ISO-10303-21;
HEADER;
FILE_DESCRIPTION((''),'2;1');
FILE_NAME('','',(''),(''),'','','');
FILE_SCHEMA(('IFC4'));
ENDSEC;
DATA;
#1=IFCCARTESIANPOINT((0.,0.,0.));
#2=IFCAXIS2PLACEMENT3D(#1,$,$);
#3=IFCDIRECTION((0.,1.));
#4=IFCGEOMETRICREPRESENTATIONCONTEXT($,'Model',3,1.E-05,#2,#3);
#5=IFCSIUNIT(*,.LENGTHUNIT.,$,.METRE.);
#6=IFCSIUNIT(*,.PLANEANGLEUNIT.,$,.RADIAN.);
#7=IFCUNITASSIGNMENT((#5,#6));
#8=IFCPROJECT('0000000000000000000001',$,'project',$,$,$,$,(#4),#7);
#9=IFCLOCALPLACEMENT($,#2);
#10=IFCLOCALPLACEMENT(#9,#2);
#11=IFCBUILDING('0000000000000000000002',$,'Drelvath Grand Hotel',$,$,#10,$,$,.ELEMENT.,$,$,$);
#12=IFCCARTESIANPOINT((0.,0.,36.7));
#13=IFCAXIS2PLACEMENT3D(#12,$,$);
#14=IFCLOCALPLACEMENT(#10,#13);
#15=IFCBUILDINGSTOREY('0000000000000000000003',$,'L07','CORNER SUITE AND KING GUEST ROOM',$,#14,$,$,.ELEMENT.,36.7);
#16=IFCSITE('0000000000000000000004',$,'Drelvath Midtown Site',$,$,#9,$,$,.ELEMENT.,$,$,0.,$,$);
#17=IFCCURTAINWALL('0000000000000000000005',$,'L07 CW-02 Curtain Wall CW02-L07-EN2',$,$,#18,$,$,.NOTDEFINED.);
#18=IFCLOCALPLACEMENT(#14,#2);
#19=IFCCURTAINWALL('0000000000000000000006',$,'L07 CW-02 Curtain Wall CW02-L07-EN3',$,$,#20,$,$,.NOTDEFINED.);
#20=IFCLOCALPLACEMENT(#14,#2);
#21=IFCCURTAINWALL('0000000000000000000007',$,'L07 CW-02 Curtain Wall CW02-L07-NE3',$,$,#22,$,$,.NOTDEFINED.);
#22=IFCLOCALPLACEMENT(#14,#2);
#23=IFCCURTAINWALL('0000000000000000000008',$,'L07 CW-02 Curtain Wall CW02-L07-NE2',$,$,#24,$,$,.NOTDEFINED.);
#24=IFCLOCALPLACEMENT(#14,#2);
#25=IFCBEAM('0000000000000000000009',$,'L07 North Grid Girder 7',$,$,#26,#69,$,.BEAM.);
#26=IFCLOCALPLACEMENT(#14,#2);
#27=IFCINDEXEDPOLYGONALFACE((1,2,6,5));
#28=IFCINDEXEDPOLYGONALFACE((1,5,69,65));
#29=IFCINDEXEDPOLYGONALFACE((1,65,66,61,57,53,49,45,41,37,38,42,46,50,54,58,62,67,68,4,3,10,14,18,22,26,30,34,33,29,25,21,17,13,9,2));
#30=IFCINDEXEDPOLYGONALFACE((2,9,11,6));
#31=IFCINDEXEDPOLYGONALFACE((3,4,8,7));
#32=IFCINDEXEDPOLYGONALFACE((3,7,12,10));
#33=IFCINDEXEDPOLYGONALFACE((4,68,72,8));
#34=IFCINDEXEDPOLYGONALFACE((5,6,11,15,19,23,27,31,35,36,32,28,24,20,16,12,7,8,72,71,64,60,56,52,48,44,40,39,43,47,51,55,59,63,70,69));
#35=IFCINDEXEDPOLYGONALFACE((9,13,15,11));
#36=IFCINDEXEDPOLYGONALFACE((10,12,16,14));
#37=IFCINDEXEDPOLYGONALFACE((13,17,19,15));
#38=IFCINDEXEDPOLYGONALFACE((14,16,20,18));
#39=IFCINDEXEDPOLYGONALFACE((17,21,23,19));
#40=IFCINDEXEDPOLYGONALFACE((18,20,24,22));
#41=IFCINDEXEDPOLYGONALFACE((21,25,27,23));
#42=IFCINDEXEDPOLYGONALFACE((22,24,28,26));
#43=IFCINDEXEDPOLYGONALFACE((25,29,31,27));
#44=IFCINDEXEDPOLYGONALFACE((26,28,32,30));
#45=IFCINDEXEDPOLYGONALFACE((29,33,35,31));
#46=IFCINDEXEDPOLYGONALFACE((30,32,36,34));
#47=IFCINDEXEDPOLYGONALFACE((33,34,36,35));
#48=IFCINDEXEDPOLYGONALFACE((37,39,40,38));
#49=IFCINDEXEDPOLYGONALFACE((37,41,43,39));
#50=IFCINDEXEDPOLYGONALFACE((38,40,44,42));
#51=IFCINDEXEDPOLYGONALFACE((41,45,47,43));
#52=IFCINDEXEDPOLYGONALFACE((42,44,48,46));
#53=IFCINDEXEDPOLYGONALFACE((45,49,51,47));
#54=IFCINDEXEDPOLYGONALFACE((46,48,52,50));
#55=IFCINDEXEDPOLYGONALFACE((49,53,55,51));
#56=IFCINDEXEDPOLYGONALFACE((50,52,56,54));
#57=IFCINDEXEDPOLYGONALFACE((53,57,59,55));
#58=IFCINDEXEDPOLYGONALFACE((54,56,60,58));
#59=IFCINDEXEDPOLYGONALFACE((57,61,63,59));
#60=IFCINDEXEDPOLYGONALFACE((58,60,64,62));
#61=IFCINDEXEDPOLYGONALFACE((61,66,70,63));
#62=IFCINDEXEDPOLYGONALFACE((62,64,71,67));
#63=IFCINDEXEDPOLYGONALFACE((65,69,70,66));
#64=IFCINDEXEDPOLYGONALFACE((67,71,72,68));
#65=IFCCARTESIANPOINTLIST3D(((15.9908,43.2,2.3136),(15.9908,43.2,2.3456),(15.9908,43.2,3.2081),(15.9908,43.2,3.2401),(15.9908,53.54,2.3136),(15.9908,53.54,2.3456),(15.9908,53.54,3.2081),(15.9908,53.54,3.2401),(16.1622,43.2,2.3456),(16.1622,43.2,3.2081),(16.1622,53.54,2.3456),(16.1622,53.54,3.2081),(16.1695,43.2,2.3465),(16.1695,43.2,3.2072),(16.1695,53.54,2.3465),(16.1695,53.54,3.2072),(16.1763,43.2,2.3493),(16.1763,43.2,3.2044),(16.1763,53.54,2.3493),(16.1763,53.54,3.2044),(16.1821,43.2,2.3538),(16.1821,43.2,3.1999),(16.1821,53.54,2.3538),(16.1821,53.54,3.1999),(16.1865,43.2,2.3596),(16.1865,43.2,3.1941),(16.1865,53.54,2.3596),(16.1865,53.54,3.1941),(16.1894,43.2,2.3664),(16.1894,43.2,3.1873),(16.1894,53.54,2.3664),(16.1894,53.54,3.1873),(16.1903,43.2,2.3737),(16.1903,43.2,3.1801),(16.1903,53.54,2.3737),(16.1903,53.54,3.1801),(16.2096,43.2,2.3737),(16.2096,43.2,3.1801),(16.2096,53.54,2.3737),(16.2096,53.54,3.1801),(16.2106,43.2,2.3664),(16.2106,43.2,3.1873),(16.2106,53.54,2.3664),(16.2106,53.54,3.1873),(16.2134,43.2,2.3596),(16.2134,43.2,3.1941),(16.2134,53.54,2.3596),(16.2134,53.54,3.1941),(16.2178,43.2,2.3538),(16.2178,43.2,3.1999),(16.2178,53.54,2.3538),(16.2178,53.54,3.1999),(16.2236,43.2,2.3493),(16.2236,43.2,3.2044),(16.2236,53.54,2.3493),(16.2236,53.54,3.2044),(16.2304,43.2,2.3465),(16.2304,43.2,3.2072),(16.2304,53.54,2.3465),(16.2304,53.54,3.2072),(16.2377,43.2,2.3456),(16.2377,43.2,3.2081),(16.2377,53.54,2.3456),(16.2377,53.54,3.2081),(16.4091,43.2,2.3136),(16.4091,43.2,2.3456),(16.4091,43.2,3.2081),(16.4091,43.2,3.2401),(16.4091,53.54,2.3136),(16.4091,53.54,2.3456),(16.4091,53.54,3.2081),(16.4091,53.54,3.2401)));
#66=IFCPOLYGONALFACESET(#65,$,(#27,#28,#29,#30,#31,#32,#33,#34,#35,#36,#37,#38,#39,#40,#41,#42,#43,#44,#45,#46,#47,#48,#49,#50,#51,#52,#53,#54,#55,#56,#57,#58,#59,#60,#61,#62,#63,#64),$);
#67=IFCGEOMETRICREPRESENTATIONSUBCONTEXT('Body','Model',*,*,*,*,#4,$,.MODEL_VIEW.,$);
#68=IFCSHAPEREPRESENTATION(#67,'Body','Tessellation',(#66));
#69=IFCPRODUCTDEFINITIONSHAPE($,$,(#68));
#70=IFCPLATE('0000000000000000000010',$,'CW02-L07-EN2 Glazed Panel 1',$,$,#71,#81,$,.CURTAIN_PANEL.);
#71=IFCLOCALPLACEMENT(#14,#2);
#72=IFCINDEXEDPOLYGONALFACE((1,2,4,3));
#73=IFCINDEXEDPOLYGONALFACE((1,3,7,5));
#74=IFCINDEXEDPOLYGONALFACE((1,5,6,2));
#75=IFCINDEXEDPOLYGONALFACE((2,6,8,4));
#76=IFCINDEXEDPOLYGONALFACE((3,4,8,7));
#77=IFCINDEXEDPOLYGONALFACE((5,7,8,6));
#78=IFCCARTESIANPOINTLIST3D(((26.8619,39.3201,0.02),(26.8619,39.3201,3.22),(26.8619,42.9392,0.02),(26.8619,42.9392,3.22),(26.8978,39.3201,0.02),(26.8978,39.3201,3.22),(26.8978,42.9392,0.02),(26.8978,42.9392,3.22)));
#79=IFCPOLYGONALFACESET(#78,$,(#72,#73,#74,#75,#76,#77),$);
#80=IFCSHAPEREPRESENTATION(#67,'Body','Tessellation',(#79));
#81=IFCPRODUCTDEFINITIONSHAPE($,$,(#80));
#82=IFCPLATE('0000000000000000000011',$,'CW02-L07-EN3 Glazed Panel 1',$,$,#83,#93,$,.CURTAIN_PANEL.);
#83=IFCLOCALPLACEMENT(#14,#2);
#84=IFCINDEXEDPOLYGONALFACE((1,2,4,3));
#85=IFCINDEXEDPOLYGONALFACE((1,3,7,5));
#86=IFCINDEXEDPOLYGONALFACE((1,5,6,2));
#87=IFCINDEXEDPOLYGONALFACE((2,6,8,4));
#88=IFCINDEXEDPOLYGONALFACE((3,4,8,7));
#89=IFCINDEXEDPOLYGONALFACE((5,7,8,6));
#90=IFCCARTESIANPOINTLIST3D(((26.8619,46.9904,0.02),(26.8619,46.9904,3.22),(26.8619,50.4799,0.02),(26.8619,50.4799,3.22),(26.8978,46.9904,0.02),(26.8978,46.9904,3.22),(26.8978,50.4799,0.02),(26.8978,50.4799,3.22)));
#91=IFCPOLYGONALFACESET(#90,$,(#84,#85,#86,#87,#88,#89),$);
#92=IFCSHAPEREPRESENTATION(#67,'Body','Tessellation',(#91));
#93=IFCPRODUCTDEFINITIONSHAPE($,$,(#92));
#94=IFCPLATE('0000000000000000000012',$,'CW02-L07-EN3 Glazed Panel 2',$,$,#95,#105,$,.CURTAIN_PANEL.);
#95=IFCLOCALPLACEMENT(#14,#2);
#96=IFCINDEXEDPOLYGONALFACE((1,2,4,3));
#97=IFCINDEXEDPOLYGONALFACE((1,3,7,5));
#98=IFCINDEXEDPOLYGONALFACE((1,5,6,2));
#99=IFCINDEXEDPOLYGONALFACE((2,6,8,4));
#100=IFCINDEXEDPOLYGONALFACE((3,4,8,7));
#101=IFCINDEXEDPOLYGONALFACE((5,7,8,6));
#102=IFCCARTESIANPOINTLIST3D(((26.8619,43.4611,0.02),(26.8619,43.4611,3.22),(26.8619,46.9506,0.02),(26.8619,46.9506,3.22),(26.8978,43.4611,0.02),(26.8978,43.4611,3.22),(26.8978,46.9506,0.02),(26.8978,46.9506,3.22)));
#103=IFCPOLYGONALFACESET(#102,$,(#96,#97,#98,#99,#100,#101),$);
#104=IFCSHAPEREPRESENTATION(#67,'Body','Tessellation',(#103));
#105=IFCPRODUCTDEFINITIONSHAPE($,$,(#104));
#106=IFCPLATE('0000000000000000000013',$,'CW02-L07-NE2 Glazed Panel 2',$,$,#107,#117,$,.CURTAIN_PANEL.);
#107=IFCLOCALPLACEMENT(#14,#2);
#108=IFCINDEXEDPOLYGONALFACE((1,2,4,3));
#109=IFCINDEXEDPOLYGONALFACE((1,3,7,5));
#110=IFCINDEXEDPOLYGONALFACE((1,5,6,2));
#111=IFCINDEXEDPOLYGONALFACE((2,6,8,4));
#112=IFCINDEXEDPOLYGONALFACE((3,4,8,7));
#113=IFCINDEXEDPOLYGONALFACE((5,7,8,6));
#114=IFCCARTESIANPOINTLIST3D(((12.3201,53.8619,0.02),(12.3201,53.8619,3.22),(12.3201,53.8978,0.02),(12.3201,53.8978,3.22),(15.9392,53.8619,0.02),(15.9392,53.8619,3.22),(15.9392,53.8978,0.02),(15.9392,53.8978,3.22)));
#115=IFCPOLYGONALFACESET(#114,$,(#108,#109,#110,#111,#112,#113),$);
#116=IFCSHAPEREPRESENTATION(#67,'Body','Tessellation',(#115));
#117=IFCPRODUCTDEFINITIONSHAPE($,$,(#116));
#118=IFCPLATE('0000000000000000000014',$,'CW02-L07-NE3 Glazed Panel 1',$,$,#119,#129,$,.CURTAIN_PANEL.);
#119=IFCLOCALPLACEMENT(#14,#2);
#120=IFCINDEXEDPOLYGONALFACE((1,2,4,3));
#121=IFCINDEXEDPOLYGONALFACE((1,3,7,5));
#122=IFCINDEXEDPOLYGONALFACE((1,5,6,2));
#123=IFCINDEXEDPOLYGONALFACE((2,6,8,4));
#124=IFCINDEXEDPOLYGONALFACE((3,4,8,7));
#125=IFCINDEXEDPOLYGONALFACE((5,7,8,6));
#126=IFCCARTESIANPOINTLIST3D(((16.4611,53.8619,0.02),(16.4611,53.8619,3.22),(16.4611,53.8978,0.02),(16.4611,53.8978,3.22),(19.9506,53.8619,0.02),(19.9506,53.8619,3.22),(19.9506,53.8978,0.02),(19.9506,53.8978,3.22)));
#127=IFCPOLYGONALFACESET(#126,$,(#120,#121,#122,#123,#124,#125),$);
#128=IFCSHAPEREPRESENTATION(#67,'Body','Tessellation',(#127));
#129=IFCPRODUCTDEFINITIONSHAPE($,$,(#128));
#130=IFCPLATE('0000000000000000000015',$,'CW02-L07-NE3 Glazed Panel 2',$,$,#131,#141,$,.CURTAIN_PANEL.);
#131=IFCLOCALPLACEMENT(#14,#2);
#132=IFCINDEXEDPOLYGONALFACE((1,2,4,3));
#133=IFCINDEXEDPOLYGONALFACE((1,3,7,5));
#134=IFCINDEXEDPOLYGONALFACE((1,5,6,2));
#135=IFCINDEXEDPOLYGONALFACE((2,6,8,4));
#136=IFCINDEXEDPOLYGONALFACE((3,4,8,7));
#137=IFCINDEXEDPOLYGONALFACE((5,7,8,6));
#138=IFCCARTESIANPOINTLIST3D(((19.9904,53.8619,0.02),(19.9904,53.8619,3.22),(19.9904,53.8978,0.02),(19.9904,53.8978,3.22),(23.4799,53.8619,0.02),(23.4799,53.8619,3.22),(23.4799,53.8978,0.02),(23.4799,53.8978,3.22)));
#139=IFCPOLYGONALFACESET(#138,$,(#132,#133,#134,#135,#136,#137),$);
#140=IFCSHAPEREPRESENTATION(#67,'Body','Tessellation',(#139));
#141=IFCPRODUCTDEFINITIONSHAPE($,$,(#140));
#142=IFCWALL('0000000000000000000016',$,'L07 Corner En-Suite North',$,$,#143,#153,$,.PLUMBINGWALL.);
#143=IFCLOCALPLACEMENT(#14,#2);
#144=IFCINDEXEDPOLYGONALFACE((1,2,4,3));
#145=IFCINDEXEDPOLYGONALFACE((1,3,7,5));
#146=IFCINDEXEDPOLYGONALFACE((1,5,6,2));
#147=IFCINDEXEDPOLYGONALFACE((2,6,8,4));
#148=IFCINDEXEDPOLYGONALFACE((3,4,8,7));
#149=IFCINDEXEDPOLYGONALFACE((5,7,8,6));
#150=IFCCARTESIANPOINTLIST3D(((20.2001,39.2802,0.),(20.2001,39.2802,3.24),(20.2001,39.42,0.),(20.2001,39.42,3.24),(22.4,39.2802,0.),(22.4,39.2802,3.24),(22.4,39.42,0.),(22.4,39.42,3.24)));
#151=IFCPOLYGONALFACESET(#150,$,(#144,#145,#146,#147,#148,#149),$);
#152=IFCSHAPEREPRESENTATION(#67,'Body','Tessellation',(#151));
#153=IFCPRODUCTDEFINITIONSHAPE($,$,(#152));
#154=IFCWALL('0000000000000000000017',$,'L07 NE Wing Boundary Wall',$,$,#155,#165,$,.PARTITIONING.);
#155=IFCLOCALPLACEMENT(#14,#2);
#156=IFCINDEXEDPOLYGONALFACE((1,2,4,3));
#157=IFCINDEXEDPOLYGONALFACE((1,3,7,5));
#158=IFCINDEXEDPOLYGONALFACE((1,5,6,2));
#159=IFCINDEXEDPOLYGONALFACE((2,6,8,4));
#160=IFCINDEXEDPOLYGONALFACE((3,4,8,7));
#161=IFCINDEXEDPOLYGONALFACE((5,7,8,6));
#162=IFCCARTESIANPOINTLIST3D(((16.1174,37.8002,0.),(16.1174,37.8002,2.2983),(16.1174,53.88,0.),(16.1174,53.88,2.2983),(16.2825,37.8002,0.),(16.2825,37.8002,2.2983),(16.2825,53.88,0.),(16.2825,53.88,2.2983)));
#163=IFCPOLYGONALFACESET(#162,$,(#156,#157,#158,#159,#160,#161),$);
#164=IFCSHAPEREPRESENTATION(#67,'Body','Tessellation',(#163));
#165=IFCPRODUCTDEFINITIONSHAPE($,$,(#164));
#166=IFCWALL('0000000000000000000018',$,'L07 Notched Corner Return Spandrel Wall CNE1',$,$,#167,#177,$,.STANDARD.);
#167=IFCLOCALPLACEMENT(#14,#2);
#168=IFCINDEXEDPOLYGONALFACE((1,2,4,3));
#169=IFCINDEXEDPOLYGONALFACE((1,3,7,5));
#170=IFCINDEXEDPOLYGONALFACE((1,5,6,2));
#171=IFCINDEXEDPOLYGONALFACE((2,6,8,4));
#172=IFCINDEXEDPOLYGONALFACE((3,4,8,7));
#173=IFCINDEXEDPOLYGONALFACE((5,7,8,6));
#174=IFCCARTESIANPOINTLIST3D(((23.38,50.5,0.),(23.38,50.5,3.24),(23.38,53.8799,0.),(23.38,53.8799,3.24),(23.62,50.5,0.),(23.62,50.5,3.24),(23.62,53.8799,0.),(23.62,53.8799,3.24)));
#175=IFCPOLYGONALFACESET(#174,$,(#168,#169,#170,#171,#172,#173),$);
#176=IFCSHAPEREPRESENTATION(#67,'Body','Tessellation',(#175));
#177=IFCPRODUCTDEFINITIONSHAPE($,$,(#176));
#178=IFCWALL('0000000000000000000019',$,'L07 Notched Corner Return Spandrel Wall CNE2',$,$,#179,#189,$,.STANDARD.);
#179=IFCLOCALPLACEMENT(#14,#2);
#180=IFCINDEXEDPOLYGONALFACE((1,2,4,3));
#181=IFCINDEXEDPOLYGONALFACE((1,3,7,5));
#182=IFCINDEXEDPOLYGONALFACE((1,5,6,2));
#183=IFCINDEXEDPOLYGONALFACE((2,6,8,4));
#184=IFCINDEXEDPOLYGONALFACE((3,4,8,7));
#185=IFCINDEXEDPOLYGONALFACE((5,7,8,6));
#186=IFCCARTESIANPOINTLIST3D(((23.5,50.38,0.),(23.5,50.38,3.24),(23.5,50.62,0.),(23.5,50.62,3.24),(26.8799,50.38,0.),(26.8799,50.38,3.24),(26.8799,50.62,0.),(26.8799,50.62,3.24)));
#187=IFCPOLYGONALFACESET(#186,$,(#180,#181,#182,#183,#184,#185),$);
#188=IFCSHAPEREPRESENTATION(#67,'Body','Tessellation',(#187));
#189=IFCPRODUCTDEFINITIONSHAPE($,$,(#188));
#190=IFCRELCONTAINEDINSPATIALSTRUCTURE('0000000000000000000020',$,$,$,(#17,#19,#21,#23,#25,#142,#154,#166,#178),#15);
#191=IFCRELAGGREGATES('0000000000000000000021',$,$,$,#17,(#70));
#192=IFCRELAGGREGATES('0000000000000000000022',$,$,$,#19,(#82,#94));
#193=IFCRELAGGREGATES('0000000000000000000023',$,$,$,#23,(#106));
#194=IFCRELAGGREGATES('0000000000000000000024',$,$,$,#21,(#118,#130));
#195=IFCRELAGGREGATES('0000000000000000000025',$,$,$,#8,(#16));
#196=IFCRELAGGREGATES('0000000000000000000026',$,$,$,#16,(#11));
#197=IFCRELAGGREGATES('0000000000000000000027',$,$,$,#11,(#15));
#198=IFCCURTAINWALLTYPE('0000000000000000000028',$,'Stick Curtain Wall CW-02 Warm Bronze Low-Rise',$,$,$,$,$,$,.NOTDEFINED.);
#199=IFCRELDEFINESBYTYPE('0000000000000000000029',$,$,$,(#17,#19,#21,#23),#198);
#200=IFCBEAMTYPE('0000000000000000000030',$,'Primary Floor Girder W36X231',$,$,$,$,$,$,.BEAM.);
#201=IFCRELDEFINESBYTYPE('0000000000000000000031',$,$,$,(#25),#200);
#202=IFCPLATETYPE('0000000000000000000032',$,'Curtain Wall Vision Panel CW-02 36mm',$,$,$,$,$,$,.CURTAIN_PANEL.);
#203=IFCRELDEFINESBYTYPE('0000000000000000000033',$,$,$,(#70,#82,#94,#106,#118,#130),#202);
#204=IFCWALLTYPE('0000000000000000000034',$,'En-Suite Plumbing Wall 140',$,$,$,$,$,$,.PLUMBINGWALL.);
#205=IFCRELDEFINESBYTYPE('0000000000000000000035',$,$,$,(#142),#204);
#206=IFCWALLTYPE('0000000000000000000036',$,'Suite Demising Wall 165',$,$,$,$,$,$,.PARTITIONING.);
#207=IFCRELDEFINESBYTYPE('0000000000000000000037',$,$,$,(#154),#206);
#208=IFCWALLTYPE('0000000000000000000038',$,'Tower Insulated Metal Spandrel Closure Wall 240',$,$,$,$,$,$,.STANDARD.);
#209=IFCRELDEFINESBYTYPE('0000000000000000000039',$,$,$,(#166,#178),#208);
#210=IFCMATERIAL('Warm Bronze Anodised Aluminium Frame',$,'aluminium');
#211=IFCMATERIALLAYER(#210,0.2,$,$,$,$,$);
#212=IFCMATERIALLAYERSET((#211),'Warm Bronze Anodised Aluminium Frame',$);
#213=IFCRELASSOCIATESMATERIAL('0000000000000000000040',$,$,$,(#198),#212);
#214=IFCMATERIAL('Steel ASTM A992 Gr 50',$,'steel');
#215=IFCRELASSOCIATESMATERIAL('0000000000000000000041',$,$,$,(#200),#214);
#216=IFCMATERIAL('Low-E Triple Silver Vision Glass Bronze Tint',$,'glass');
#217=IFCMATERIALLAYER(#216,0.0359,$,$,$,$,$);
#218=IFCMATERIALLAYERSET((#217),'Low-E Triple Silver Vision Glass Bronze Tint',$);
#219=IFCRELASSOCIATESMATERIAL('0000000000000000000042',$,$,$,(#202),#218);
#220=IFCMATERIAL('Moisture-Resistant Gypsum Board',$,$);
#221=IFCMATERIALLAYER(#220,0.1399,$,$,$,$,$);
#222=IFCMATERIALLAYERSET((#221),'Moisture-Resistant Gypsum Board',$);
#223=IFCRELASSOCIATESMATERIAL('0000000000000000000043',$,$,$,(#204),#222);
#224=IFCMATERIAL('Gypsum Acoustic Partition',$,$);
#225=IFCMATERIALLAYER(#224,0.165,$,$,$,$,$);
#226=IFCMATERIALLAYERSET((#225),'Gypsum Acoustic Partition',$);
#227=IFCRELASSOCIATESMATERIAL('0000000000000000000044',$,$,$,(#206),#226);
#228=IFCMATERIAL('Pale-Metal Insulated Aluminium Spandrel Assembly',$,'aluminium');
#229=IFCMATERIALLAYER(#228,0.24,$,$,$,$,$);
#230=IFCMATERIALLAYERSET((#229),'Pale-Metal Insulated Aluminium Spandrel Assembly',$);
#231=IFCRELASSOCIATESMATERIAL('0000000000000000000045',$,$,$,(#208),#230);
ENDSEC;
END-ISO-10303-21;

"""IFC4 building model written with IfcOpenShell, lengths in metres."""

from ifc_helpers import new_model, si_unit, direction, frame, frame_2d, origin, origin_2d, place, context, subcontext, project, spatial, rectangle, i_section, extrude, material, layer, layer_set, material_profile, profile_set, type_object, element, aggregate, save


model = new_model("IFC4")

# Units and contexts
model_context = context("Model", 3, precision=1e-05, world=origin(), true_north=direction((0.0, 1.0)))
body_context = subcontext(model_context, "Body", "Model", "MODEL_VIEW")
ifc_project = project(units=[si_unit("LENGTHUNIT", "METRE"), si_unit("PLANEANGLEUNIT", "RADIAN")], contexts=[model_context])

# Site, building, storey
site_placement = place(None, origin())
site = spatial("IfcSite", under=ifc_project, at=site_placement, Name="Drelvath Midtown Site", CompositionType="ELEMENT", RefElevation=0.0)
building_placement = place(site_placement, origin())
building = spatial("IfcBuilding", under=site, at=building_placement, Name="Drelvath Grand Hotel", CompositionType="ELEMENT")
storey_placement = place(building_placement, frame((0.0, 0.0, 36.7)))
storey = spatial("IfcBuildingStorey", under=building, at=storey_placement, Name="L07", Description="CORNER SUITE AND KING GUEST ROOM", CompositionType="ELEMENT", Elevation=36.7)

# Curtain walls
ifc_material_1 = material(Name="Warm Bronze Anodised Aluminium Frame", Category="aluminium")
ifc_layer_1 = layer(ifc_material_1, 0.2)
ifc_layer_set_1 = layer_set([ifc_layer_1], Name="Warm Bronze Anodised Aluminium Frame")
curtain_wall_type = type_object("IfcCurtainWallType", Name="Stick Curtain Wall CW-02 Warm Bronze Low-Rise", PredefinedType="NOTDEFINED", material=ifc_layer_set_1)
curtain_wall_1_placement = place(storey_placement, origin())
curtain_wall_1 = element("IfcCurtainWall", 1, at=curtain_wall_1_placement, inside=storey, type_object=curtain_wall_type, Name="L07 CW-02 Curtain Wall CW02-L07-EN2", PredefinedType="NOTDEFINED")
curtain_wall_2_placement = place(storey_placement, origin())
curtain_wall_2 = element("IfcCurtainWall", 2, at=curtain_wall_2_placement, inside=storey, type_object=curtain_wall_type, Name="L07 CW-02 Curtain Wall CW02-L07-EN3", PredefinedType="NOTDEFINED")
curtain_wall_3_placement = place(storey_placement, origin())
curtain_wall_3 = element("IfcCurtainWall", 3, at=curtain_wall_3_placement, inside=storey, type_object=curtain_wall_type, Name="L07 CW-02 Curtain Wall CW02-L07-NE3", PredefinedType="NOTDEFINED")

# Curtain wall
curtain_wall_4_placement = place(storey_placement, origin())
curtain_wall_4 = element("IfcCurtainWall", 4, at=curtain_wall_4_placement, inside=storey, type_object=curtain_wall_type, Name="L07 CW-02 Curtain Wall CW02-L07-NE2", PredefinedType="NOTDEFINED")

# Beam
ifc_material_2 = material(Name="Steel ASTM A992 Gr 50", Category="steel")
ifc_material_profile_1 = material_profile(ifc_material_2, i_section(OverallWidth=0.4182, OverallDepth=0.9265, WebThickness=0.0193, FlangeThickness=0.032, FilletRadius=0.0281, at=origin_2d()), Name="W36X231")
ifc_profile_set_1 = profile_set([ifc_material_profile_1], Name="Steel ASTM A992 Gr 50")
beam_type = type_object("IfcBeamType", Name="Primary Floor Girder W36X231", PredefinedType="BEAM", material=ifc_profile_set_1)
for number, where, z_axis, x_axis, name in (
    (5, (16.2, 43.2, 2.7769), (0.0, 1.0, 0.0), (-1.0, 0.0, 0.0), "L07 North Grid Girder 7"),
):
    element("IfcBeam", number, at=place(storey_placement, frame(where, z_axis=z_axis, x_axis=x_axis)), inside=storey, type_object=beam_type, Name=name, PredefinedType="BEAM", context=body_context, shape_type="SweptSolid", body=[
        extrude(i_section(OverallWidth=0.4182, OverallDepth=0.9265, WebThickness=0.0193, FlangeThickness=0.032, FilletRadius=0.0281, at=origin_2d()), origin(), (0.0, 0.0, 1.0), 10.3401),
    ])

# Plates
ifc_material_3 = material(Name="Low-E Triple Silver Vision Glass Bronze Tint", Category="glass")
ifc_layer_2 = layer(ifc_material_3, 0.0359)
ifc_layer_set_2 = layer_set([ifc_layer_2], Name="Low-E Triple Silver Vision Glass Bronze Tint")
plate_type = type_object("IfcPlateType", Name="Curtain Wall Vision Panel CW-02 36mm", PredefinedType="CURTAIN_PANEL", material=ifc_layer_set_2)
plate_1_placement = place(storey_placement, frame((26.8799, 41.1296, 0.02), z_axis=(0.0, 0.0, 1.0), x_axis=(0.0, -1.0, 0.0)))
plate_1 = element("IfcPlate", 6, at=plate_1_placement, type_object=plate_type, Name="CW02-L07-EN2 Glazed Panel 1", PredefinedType="CURTAIN_PANEL", context=body_context, shape_type="SweptSolid", body=[
    extrude(rectangle(XDim=3.6191, YDim=0.0359, at=origin_2d()), origin(), (0.0, 0.0, 1.0), 3.2),
])
aggregate(curtain_wall_1, [plate_1])
plate_2_placement = place(storey_placement, frame((26.8799, 48.7351, 0.02), z_axis=(0.0, 0.0, 1.0), x_axis=(0.0, -1.0, 0.0)))
plate_2 = element("IfcPlate", 7, at=plate_2_placement, type_object=plate_type, Name="CW02-L07-EN3 Glazed Panel 1", PredefinedType="CURTAIN_PANEL", context=body_context, shape_type="SweptSolid", body=[
    extrude(rectangle(XDim=3.4895, YDim=0.0359, at=origin_2d()), origin(), (0.0, 0.0, 1.0), 3.2),
])
plate_3_placement = place(storey_placement, frame((26.8799, 45.2058, 0.02), z_axis=(0.0, 0.0, 1.0), x_axis=(0.0, -1.0, 0.0)))
plate_3 = element("IfcPlate", 8, at=plate_3_placement, type_object=plate_type, Name="CW02-L07-EN3 Glazed Panel 2", PredefinedType="CURTAIN_PANEL", context=body_context, shape_type="SweptSolid", body=[
    extrude(rectangle(XDim=3.4895, YDim=0.0359, at=origin_2d()), origin(), (0.0, 0.0, 1.0), 3.2),
])
aggregate(curtain_wall_2, [plate_2, plate_3])
plate_4_placement = place(storey_placement, frame((14.1296, 53.8799, 0.02), z_axis=(0.0, 0.0, 1.0), x_axis=(1.0, 0.0, 0.0)))
plate_4 = element("IfcPlate", 9, at=plate_4_placement, type_object=plate_type, Name="CW02-L07-NE2 Glazed Panel 2", PredefinedType="CURTAIN_PANEL", context=body_context, shape_type="SweptSolid", body=[
    extrude(rectangle(XDim=3.6191, YDim=0.0359, at=origin_2d()), origin(), (0.0, 0.0, 1.0), 3.2),
])
aggregate(curtain_wall_4, [plate_4])
plate_5_placement = place(storey_placement, frame((18.2058, 53.8799, 0.02), z_axis=(0.0, 0.0, 1.0), x_axis=(1.0, 0.0, 0.0)))
plate_5 = element("IfcPlate", 10, at=plate_5_placement, type_object=plate_type, Name="CW02-L07-NE3 Glazed Panel 1", PredefinedType="CURTAIN_PANEL", context=body_context, shape_type="SweptSolid", body=[
    extrude(rectangle(XDim=3.4895, YDim=0.0359, at=origin_2d()), origin(), (0.0, 0.0, 1.0), 3.2),
])
plate_6_placement = place(storey_placement, frame((21.7351, 53.8799, 0.02), z_axis=(0.0, 0.0, 1.0), x_axis=(1.0, 0.0, 0.0)))
plate_6 = element("IfcPlate", 11, at=plate_6_placement, type_object=plate_type, Name="CW02-L07-NE3 Glazed Panel 2", PredefinedType="CURTAIN_PANEL", context=body_context, shape_type="SweptSolid", body=[
    extrude(rectangle(XDim=3.4895, YDim=0.0359, at=origin_2d()), origin(), (0.0, 0.0, 1.0), 3.2),
])
aggregate(curtain_wall_3, [plate_5, plate_6])

# Walls
ifc_material_4 = material(Name="Moisture-Resistant Gypsum Board")
ifc_layer_3 = layer(ifc_material_4, 0.1399)
ifc_layer_set_3 = layer_set([ifc_layer_3], Name="Moisture-Resistant Gypsum Board")
wall_type_1 = type_object("IfcWallType", Name="En-Suite Plumbing Wall 140", PredefinedType="PLUMBINGWALL", material=ifc_layer_set_3)
wall_1_placement = place(storey_placement, frame((20.2, 39.3501, 0.0), z_axis=(0.0, 0.0, 1.0), x_axis=(1.0, 0.0, 0.0)))
element("IfcWall", 12, at=wall_1_placement, inside=storey, type_object=wall_type_1, Name="L07 Corner En-Suite North", PredefinedType="PLUMBINGWALL", context=body_context, shape_type="SweptSolid", body=[
    extrude(rectangle(XDim=2.2, YDim=0.1399, at=frame_2d((1.1001, 0.0))), origin(), (0.0, 0.0, 1.0), 3.24),
])
ifc_material_5 = material(Name="Gypsum Acoustic Partition")
ifc_layer_4 = layer(ifc_material_5, 0.165)
ifc_layer_set_4 = layer_set([ifc_layer_4], Name="Gypsum Acoustic Partition")
wall_type_2 = type_object("IfcWallType", Name="Suite Demising Wall 165", PredefinedType="PARTITIONING", material=ifc_layer_set_4)
wall_2_placement = place(storey_placement, frame((16.2, 37.8, 0.0), z_axis=(0.0, 0.0, 1.0), x_axis=(0.0, 1.0, 0.0)))
element("IfcWall", 13, at=wall_2_placement, inside=storey, type_object=wall_type_2, Name="L07 NE Wing Boundary Wall", PredefinedType="PARTITIONING", context=body_context, shape_type="SweptSolid", body=[
    extrude(rectangle(XDim=16.0798, YDim=0.165, at=frame_2d((8.04, 0.0))), origin(), (0.0, 0.0, 1.0), 2.2983),
])
ifc_material_6 = material(Name="Pale-Metal Insulated Aluminium Spandrel Assembly", Category="aluminium")
ifc_layer_5 = layer(ifc_material_6, 0.24)
ifc_layer_set_5 = layer_set([ifc_layer_5], Name="Pale-Metal Insulated Aluminium Spandrel Assembly")
wall_type_3 = type_object("IfcWallType", Name="Tower Insulated Metal Spandrel Closure Wall 240", PredefinedType="STANDARD", material=ifc_layer_set_5)
for number, where, z_axis, x_axis, name in (
    (14, (23.5, 53.8799, 0.0), (0.0, 0.0, 1.0), (0.0, -1.0, 0.0), "L07 Notched Corner Return Spandrel Wall CNE1"),
    (15, (23.5, 50.5, 0.0), (0.0, 0.0, 1.0), (1.0, 0.0, 0.0), "L07 Notched Corner Return Spandrel Wall CNE2"),
):
    element("IfcWall", number, at=place(storey_placement, frame(where, z_axis=z_axis, x_axis=x_axis)), inside=storey, type_object=wall_type_3, Name=name, PredefinedType="STANDARD", context=body_context, shape_type="SweptSolid", body=[
        extrude(rectangle(XDim=3.3799, YDim=0.24, at=frame_2d((1.6899, 0.0))), origin(), (0.0, 0.0, 1.0), 3.24),
    ])

save(model, "model.ifc")
